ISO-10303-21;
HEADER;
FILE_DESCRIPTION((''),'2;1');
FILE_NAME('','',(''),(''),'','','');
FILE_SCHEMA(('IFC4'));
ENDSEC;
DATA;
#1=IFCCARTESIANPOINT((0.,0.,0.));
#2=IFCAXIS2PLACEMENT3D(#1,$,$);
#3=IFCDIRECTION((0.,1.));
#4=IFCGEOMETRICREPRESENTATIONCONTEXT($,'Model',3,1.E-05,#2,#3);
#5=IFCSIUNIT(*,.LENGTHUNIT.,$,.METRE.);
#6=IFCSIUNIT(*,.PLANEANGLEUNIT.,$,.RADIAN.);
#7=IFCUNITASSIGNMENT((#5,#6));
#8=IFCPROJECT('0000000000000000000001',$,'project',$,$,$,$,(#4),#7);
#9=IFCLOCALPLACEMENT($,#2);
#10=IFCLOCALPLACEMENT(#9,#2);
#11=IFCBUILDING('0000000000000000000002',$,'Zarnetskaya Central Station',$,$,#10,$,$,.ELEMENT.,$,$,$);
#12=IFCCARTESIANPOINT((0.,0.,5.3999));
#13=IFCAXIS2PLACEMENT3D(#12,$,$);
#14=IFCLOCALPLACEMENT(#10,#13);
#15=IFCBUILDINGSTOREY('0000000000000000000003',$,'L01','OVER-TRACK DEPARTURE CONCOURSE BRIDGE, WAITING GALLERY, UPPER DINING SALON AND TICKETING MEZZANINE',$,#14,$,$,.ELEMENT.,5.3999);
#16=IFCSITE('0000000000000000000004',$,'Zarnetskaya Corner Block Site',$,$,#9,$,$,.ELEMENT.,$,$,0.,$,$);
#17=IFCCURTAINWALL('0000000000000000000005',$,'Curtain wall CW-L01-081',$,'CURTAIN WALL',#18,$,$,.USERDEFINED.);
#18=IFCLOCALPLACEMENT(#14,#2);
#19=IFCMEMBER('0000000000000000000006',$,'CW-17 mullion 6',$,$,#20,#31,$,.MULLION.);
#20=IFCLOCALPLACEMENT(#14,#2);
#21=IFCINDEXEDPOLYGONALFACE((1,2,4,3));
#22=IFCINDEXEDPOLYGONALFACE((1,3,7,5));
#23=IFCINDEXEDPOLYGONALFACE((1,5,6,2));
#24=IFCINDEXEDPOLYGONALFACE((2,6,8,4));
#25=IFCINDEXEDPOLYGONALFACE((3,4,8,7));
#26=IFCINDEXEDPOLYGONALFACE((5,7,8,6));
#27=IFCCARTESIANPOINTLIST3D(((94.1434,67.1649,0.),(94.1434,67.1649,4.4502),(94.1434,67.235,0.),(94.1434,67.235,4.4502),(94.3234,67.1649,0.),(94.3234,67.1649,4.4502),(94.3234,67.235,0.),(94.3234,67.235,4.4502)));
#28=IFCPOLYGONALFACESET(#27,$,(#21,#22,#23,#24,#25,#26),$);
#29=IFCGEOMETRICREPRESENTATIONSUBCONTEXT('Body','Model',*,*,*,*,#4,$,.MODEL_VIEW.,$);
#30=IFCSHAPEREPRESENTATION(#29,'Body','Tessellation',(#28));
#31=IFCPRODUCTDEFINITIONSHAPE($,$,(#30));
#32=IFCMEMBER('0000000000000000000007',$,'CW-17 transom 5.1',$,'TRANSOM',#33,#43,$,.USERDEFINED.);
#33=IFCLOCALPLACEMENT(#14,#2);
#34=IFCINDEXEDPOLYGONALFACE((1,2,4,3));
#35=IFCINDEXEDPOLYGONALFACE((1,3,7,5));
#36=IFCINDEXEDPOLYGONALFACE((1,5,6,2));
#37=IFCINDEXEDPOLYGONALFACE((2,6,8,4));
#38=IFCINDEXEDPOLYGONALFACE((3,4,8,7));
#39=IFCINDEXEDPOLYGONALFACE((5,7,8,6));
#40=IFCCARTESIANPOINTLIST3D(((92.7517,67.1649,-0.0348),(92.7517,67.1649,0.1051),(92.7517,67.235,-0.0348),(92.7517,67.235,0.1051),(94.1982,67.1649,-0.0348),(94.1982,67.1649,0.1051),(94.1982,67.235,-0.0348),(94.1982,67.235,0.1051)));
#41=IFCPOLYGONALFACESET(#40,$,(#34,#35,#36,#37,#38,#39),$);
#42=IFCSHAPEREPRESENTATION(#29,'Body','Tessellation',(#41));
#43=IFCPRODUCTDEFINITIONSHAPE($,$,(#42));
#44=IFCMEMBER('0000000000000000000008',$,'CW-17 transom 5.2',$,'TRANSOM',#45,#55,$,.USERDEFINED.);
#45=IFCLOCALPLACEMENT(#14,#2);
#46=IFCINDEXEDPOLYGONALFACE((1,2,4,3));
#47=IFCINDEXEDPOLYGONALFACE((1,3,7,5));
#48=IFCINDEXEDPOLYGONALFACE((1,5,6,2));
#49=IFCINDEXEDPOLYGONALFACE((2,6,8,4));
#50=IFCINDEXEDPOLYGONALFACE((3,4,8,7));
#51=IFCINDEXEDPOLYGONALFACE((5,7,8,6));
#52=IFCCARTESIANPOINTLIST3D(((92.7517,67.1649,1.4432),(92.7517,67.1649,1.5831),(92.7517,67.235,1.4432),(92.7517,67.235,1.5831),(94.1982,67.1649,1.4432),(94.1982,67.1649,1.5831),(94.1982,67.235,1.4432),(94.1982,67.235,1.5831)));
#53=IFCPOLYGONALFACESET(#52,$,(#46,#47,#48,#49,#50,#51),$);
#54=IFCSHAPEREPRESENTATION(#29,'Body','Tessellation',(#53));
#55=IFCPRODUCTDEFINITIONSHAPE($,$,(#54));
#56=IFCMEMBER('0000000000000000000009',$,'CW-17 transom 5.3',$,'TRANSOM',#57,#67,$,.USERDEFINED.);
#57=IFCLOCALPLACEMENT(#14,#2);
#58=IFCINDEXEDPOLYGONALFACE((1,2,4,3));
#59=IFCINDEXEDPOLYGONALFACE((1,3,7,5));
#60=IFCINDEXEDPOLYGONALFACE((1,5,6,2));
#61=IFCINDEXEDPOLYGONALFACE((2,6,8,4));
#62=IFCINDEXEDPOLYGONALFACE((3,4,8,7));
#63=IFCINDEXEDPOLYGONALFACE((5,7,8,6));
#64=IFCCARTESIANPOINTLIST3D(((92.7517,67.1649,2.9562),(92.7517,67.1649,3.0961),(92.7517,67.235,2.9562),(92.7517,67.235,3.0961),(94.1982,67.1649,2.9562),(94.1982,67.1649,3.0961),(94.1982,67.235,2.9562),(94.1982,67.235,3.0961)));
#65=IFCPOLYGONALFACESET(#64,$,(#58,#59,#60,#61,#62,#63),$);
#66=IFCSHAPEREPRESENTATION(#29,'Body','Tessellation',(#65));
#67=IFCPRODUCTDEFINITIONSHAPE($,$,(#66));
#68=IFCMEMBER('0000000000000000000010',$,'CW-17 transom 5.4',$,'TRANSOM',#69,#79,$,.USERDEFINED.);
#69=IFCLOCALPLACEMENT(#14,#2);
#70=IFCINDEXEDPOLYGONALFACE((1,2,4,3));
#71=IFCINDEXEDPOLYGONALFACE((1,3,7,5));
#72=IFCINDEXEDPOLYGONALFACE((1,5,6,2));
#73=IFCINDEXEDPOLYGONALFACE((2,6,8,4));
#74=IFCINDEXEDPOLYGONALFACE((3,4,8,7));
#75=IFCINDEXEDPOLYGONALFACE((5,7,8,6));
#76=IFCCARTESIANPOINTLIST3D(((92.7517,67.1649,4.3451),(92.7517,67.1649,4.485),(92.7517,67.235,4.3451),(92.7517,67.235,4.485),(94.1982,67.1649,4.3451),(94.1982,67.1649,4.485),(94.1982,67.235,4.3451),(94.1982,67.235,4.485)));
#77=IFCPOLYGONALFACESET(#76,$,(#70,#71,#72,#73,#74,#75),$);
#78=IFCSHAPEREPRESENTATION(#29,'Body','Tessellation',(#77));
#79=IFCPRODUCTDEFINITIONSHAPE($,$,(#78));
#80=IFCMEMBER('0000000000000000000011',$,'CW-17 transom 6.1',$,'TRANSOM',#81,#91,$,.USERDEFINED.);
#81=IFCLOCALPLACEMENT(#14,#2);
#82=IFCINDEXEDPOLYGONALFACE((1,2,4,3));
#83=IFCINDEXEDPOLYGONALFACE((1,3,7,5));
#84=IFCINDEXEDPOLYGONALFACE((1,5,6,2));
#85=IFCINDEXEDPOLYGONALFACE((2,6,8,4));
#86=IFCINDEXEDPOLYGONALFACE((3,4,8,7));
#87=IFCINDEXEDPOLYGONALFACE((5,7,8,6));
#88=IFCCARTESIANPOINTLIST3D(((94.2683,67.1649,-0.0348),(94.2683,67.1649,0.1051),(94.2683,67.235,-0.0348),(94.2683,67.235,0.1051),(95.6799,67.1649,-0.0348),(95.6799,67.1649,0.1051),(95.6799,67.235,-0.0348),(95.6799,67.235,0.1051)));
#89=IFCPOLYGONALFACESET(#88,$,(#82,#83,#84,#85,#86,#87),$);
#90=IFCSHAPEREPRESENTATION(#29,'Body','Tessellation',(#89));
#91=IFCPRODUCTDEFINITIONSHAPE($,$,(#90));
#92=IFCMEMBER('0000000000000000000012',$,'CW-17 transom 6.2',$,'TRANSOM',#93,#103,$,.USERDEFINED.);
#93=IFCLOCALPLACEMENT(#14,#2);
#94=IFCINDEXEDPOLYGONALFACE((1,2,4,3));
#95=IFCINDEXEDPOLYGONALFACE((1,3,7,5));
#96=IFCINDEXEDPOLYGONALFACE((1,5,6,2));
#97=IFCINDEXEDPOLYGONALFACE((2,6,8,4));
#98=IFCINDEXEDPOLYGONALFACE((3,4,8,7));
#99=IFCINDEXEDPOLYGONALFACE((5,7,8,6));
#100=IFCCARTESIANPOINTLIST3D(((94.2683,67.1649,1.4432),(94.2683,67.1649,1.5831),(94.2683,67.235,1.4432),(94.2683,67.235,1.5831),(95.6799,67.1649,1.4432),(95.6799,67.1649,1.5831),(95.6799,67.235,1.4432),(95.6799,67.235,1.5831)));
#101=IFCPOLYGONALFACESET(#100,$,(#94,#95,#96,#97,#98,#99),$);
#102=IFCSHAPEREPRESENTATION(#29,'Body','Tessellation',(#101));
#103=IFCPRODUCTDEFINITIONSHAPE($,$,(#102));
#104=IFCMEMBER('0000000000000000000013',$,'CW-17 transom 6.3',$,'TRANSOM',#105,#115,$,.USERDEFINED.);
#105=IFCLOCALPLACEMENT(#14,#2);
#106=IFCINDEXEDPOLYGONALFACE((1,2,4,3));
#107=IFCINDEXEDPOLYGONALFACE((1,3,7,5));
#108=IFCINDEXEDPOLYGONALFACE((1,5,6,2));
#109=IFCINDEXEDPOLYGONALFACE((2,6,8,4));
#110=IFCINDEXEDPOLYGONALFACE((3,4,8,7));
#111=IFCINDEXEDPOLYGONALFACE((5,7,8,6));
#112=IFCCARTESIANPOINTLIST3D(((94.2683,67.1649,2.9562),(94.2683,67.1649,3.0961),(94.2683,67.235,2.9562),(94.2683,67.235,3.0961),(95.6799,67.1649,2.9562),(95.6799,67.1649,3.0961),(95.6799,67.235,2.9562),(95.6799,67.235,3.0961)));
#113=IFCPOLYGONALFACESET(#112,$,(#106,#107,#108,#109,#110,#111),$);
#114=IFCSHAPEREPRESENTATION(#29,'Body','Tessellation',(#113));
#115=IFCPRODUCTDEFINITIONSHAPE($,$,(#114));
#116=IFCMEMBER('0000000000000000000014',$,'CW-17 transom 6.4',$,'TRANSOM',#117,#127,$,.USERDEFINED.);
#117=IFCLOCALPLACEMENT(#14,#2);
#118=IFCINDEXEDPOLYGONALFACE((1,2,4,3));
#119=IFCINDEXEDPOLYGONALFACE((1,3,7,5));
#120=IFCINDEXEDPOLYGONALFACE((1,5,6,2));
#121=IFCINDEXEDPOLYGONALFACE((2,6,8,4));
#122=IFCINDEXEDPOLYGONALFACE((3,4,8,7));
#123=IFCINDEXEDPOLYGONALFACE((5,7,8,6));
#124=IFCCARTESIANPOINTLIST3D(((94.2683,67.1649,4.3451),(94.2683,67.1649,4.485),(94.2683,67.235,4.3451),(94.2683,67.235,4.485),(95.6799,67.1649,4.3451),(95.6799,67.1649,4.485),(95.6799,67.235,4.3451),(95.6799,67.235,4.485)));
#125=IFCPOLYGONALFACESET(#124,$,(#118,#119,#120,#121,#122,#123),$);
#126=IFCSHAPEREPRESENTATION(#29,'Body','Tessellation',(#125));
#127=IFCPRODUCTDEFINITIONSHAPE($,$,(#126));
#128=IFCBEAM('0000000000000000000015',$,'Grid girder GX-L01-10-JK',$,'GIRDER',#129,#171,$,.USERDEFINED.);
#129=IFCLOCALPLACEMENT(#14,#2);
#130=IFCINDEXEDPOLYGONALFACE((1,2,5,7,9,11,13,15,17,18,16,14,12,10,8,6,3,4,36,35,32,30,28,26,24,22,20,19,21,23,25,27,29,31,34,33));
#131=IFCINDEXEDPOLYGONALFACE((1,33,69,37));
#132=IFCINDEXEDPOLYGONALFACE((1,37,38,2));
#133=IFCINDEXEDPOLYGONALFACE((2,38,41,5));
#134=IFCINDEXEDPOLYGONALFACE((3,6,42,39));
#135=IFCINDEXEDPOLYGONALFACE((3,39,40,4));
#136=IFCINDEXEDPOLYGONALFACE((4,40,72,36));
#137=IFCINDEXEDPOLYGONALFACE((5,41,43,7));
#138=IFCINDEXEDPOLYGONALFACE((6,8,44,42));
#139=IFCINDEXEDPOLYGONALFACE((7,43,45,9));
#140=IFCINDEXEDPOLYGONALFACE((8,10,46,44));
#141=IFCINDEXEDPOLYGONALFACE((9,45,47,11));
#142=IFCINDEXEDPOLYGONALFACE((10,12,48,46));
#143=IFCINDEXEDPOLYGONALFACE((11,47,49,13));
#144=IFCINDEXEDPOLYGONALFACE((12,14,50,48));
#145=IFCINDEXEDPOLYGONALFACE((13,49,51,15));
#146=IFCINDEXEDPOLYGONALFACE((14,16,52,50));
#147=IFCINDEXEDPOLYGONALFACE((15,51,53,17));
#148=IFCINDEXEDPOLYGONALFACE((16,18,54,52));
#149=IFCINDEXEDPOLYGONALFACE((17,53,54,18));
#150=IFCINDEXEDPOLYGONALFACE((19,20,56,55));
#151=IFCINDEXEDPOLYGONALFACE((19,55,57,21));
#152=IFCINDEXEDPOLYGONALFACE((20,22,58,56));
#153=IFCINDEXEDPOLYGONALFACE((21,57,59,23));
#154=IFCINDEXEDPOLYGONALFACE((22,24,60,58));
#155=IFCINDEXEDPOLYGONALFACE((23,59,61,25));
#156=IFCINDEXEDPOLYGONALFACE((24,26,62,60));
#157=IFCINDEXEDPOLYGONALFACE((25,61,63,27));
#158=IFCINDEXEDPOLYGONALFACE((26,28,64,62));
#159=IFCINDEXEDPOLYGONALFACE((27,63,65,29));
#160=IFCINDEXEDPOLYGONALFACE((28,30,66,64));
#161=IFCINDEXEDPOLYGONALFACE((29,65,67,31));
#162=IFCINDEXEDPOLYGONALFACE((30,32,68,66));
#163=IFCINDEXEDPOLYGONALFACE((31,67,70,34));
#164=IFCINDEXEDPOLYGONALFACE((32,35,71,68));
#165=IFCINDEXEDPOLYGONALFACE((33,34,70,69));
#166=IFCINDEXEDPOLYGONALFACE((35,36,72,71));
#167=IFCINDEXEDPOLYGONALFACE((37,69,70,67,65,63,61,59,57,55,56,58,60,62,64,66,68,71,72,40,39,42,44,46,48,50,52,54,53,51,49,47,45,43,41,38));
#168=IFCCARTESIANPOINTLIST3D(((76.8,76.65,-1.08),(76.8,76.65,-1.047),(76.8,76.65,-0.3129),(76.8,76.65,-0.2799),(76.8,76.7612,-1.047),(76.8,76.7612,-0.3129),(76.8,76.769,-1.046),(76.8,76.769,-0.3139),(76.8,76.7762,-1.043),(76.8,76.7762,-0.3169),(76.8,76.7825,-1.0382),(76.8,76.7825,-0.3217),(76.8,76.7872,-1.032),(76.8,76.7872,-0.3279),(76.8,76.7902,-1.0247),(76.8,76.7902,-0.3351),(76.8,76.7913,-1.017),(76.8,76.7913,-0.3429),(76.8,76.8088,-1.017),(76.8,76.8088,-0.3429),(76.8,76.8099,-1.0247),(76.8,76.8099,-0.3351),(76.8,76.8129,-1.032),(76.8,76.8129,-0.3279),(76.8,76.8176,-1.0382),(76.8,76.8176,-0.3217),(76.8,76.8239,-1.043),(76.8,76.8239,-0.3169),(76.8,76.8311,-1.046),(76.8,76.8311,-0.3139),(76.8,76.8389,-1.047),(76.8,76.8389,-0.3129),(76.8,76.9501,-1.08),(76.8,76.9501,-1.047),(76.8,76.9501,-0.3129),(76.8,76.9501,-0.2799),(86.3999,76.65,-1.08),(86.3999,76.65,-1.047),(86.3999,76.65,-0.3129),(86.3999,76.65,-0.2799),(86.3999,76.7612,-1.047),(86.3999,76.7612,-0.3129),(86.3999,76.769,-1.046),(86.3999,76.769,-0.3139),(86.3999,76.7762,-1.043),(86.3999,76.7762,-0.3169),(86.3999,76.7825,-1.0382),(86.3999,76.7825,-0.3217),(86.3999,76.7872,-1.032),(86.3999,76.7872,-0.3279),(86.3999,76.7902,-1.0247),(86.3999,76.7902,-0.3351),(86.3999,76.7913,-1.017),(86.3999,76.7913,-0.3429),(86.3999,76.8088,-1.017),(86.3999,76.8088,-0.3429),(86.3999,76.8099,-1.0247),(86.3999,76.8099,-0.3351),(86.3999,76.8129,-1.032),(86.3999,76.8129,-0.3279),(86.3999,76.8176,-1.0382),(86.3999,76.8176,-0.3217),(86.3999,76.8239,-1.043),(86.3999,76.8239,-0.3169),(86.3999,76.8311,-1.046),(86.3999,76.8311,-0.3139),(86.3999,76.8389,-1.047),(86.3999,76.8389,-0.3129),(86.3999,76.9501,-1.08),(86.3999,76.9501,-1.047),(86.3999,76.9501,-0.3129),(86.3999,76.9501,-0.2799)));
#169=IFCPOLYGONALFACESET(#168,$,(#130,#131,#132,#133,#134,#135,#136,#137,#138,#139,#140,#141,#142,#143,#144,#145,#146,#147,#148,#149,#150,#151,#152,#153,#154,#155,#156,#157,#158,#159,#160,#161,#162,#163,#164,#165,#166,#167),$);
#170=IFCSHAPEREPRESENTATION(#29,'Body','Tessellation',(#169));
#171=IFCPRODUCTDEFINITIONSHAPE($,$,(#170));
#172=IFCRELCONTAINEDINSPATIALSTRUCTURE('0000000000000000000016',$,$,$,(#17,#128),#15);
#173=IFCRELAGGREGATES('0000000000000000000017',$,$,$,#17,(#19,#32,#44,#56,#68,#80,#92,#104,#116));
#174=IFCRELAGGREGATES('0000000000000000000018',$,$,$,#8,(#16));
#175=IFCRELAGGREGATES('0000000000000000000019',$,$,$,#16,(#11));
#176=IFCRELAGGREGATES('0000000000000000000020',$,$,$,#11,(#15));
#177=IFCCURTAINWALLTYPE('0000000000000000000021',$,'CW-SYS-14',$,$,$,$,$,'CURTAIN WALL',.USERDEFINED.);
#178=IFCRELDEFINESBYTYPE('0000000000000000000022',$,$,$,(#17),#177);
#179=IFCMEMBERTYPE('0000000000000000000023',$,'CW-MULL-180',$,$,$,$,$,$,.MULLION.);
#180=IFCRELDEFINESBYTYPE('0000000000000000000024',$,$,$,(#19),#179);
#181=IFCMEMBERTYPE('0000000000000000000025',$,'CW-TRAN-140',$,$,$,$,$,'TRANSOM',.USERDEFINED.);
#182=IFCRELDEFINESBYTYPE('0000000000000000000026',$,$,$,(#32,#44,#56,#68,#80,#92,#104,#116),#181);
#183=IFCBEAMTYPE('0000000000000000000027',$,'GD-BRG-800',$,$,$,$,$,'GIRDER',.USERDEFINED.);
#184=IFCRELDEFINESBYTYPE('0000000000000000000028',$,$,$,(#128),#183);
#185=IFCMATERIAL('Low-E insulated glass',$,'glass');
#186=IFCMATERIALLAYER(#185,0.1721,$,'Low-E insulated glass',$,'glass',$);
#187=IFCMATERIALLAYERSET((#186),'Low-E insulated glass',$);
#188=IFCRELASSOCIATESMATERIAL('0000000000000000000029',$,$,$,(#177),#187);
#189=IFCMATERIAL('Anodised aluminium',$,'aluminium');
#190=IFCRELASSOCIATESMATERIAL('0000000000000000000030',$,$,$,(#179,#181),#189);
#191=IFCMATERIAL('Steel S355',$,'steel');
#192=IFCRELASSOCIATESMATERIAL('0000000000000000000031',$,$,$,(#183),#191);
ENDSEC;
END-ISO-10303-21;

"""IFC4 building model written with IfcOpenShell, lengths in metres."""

from ifc_helpers import new_model, si_unit, direction, frame, origin, origin_2d, place, context, subcontext, project, spatial, rectangle, i_section, extrude, material, layer, layer_set, material_profile, profile_set, type_object, element, aggregate, save


model = new_model("IFC4")

# Units and contexts
model_context = context("Model", 3, precision=1e-05, world=origin(), true_north=direction((0.0, 1.0)))
body_context = subcontext(model_context, "Body", "Model", "MODEL_VIEW")
ifc_project = project(units=[si_unit("LENGTHUNIT", "METRE"), si_unit("PLANEANGLEUNIT", "RADIAN")], contexts=[model_context])

# Site, building, storey
site_placement = place(None, origin())
site = spatial("IfcSite", under=ifc_project, at=site_placement, Name="Zarnetskaya Corner Block Site", CompositionType="ELEMENT", RefElevation=0.0)
building_placement = place(site_placement, origin())
building = spatial("IfcBuilding", under=site, at=building_placement, Name="Zarnetskaya Central Station", CompositionType="ELEMENT")
storey_placement = place(building_placement, frame((0.0, 0.0, 5.3999)))
storey = spatial("IfcBuildingStorey", under=building, at=storey_placement, Name="L01", Description="OVER-TRACK DEPARTURE CONCOURSE BRIDGE, WAITING GALLERY, UPPER DINING SALON AND TICKETING MEZZANINE", CompositionType="ELEMENT", Elevation=5.3999)

# Shared definitions
ifc_material_1 = material(Name="Steel S355", Category="steel")

# Curtain wall, members
ifc_material_2 = material(Name="Low-E insulated glass", Category="glass")
ifc_layer_1 = layer(ifc_material_2, 0.1721, Name="Low-E insulated glass", Category="glass")
ifc_layer_set_1 = layer_set([ifc_layer_1], Name="Low-E insulated glass")
curtain_wall_type = type_object("IfcCurtainWallType", Name="CW-SYS-14", ElementType="CURTAIN WALL", PredefinedType="USERDEFINED", material=ifc_layer_set_1)
curtain_wall_placement = place(storey_placement, origin())
curtain_wall = element("IfcCurtainWall", 1, at=curtain_wall_placement, inside=storey, type_object=curtain_wall_type, Name="Curtain wall CW-L01-081", ObjectType="CURTAIN WALL", PredefinedType="USERDEFINED")
ifc_material_3 = material(Name="Anodised aluminium", Category="aluminium")
ifc_material_profile_1 = material_profile(ifc_material_3, rectangle(XDim=0.0701, YDim=0.1799, at=origin_2d()), Name="ALU MULL 70x180")
ifc_profile_set_1 = profile_set([ifc_material_profile_1], Name="Anodised aluminium")
member_type_1 = type_object("IfcMemberType", Name="CW-MULL-180", PredefinedType="MULLION", material=ifc_profile_set_1)
member_1_placement = place(storey_placement, frame((94.2334, 67.2, 0.0), z_axis=(0.0, 0.0, 1.0), x_axis=(0.0, 1.0, 0.0)))
member_1 = element("IfcMember", 2, at=member_1_placement, type_object=member_type_1, Name="CW-17 mullion 6", PredefinedType="MULLION", context=body_context, shape_type="SweptSolid", body=[
    extrude(rectangle(XDim=0.0701, YDim=0.1799, at=origin_2d()), origin(), (0.0, 0.0, 1.0), 4.4502),
])
ifc_material_profile_2 = material_profile(ifc_material_3, rectangle(XDim=0.0701, YDim=0.1399, at=origin_2d()), Name="ALU TRAN 70x140")
ifc_profile_set_2 = profile_set([ifc_material_profile_2], Name="Anodised aluminium")
member_type_2 = type_object("IfcMemberType", Name="CW-TRAN-140", ElementType="TRANSOM", PredefinedType="USERDEFINED", material=ifc_profile_set_2)
member_2_placement = place(storey_placement, frame((92.7517, 67.2, 0.0352), z_axis=(1.0, 0.0, 0.0), x_axis=(0.0, 1.0, 0.0)))
member_2 = element("IfcMember", 3, at=member_2_placement, type_object=member_type_2, Name="CW-17 transom 5.1", ObjectType="TRANSOM", PredefinedType="USERDEFINED", context=body_context, shape_type="SweptSolid", body=[
    extrude(rectangle(XDim=0.0701, YDim=0.1399, at=origin_2d()), origin(), (0.0, 0.0, 1.0), 1.4465),
])
member_3_placement = place(storey_placement, frame((92.7517, 67.2, 1.5132), z_axis=(1.0, 0.0, 0.0), x_axis=(0.0, 1.0, 0.0)))
member_3 = element("IfcMember", 4, at=member_3_placement, type_object=member_type_2, Name="CW-17 transom 5.2", ObjectType="TRANSOM", PredefinedType="USERDEFINED", context=body_context, shape_type="SweptSolid", body=[
    extrude(rectangle(XDim=0.0701, YDim=0.1399, at=origin_2d()), origin(), (0.0, 0.0, 1.0), 1.4465),
])
member_4_placement = place(storey_placement, frame((92.7517, 67.2, 3.0261), z_axis=(1.0, 0.0, 0.0), x_axis=(0.0, 1.0, 0.0)))
member_4 = element("IfcMember", 5, at=member_4_placement, type_object=member_type_2, Name="CW-17 transom 5.3", ObjectType="TRANSOM", PredefinedType="USERDEFINED", context=body_context, shape_type="SweptSolid", body=[
    extrude(rectangle(XDim=0.0701, YDim=0.1399, at=origin_2d()), origin(), (0.0, 0.0, 1.0), 1.4465),
])
member_5_placement = place(storey_placement, frame((92.7517, 67.2, 4.415), z_axis=(1.0, 0.0, 0.0), x_axis=(0.0, 1.0, 0.0)))
member_5 = element("IfcMember", 6, at=member_5_placement, type_object=member_type_2, Name="CW-17 transom 5.4", ObjectType="TRANSOM", PredefinedType="USERDEFINED", context=body_context, shape_type="SweptSolid", body=[
    extrude(rectangle(XDim=0.0701, YDim=0.1399, at=origin_2d()), origin(), (0.0, 0.0, 1.0), 1.4465),
])
member_6_placement = place(storey_placement, frame((94.2683, 67.2, 0.0352), z_axis=(1.0, 0.0, 0.0), x_axis=(0.0, 1.0, 0.0)))
member_6 = element("IfcMember", 7, at=member_6_placement, type_object=member_type_2, Name="CW-17 transom 6.1", ObjectType="TRANSOM", PredefinedType="USERDEFINED", context=body_context, shape_type="SweptSolid", body=[
    extrude(rectangle(XDim=0.0701, YDim=0.1399, at=origin_2d()), origin(), (0.0, 0.0, 1.0), 1.4116),
])
member_7_placement = place(storey_placement, frame((94.2683, 67.2, 1.5132), z_axis=(1.0, 0.0, 0.0), x_axis=(0.0, 1.0, 0.0)))
member_7 = element("IfcMember", 8, at=member_7_placement, type_object=member_type_2, Name="CW-17 transom 6.2", ObjectType="TRANSOM", PredefinedType="USERDEFINED", context=body_context, shape_type="SweptSolid", body=[
    extrude(rectangle(XDim=0.0701, YDim=0.1399, at=origin_2d()), origin(), (0.0, 0.0, 1.0), 1.4116),
])
member_8_placement = place(storey_placement, frame((94.2683, 67.2, 3.0261), z_axis=(1.0, 0.0, 0.0), x_axis=(0.0, 1.0, 0.0)))
member_8 = element("IfcMember", 9, at=member_8_placement, type_object=member_type_2, Name="CW-17 transom 6.3", ObjectType="TRANSOM", PredefinedType="USERDEFINED", context=body_context, shape_type="SweptSolid", body=[
    extrude(rectangle(XDim=0.0701, YDim=0.1399, at=origin_2d()), origin(), (0.0, 0.0, 1.0), 1.4116),
])
member_9_placement = place(storey_placement, frame((94.2683, 67.2, 4.415), z_axis=(1.0, 0.0, 0.0), x_axis=(0.0, 1.0, 0.0)))
member_9 = element("IfcMember", 10, at=member_9_placement, type_object=member_type_2, Name="CW-17 transom 6.4", ObjectType="TRANSOM", PredefinedType="USERDEFINED", context=body_context, shape_type="SweptSolid", body=[
    extrude(rectangle(XDim=0.0701, YDim=0.1399, at=origin_2d()), origin(), (0.0, 0.0, 1.0), 1.4116),
])

# Beam
ifc_material_profile_3 = material_profile(ifc_material_1, i_section(OverallWidth=0.3, OverallDepth=0.8, WebThickness=0.0176, FlangeThickness=0.033, FilletRadius=0.03, at=origin_2d()), Name="HEB 800")
ifc_profile_set_3 = profile_set([ifc_material_profile_3], Name="Steel S355")
beam_type_1 = type_object("IfcBeamType", Name="GD-BRG-800", ElementType="GIRDER", PredefinedType="USERDEFINED", material=ifc_profile_set_3)
beam_1_placement = place(storey_placement, frame((76.8, 76.8, -0.6799), z_axis=(1.0, 0.0, 0.0), x_axis=(0.0, 1.0, 0.0)))
element("IfcBeam", 11, at=beam_1_placement, inside=storey, type_object=beam_type_1, Name="Grid girder GX-L01-10-JK", ObjectType="GIRDER", PredefinedType="USERDEFINED", context=body_context, shape_type="SweptSolid", body=[
    extrude(i_section(OverallWidth=0.3, OverallDepth=0.8, WebThickness=0.0176, FlangeThickness=0.033, FilletRadius=0.03, at=origin_2d()), origin(), (0.0, 0.0, 1.0), 9.5999),
])

aggregate(curtain_wall, [member_1, member_2, member_3, member_4, member_5, member_6, member_7, member_8, member_9])

save(model, "model.ifc")
